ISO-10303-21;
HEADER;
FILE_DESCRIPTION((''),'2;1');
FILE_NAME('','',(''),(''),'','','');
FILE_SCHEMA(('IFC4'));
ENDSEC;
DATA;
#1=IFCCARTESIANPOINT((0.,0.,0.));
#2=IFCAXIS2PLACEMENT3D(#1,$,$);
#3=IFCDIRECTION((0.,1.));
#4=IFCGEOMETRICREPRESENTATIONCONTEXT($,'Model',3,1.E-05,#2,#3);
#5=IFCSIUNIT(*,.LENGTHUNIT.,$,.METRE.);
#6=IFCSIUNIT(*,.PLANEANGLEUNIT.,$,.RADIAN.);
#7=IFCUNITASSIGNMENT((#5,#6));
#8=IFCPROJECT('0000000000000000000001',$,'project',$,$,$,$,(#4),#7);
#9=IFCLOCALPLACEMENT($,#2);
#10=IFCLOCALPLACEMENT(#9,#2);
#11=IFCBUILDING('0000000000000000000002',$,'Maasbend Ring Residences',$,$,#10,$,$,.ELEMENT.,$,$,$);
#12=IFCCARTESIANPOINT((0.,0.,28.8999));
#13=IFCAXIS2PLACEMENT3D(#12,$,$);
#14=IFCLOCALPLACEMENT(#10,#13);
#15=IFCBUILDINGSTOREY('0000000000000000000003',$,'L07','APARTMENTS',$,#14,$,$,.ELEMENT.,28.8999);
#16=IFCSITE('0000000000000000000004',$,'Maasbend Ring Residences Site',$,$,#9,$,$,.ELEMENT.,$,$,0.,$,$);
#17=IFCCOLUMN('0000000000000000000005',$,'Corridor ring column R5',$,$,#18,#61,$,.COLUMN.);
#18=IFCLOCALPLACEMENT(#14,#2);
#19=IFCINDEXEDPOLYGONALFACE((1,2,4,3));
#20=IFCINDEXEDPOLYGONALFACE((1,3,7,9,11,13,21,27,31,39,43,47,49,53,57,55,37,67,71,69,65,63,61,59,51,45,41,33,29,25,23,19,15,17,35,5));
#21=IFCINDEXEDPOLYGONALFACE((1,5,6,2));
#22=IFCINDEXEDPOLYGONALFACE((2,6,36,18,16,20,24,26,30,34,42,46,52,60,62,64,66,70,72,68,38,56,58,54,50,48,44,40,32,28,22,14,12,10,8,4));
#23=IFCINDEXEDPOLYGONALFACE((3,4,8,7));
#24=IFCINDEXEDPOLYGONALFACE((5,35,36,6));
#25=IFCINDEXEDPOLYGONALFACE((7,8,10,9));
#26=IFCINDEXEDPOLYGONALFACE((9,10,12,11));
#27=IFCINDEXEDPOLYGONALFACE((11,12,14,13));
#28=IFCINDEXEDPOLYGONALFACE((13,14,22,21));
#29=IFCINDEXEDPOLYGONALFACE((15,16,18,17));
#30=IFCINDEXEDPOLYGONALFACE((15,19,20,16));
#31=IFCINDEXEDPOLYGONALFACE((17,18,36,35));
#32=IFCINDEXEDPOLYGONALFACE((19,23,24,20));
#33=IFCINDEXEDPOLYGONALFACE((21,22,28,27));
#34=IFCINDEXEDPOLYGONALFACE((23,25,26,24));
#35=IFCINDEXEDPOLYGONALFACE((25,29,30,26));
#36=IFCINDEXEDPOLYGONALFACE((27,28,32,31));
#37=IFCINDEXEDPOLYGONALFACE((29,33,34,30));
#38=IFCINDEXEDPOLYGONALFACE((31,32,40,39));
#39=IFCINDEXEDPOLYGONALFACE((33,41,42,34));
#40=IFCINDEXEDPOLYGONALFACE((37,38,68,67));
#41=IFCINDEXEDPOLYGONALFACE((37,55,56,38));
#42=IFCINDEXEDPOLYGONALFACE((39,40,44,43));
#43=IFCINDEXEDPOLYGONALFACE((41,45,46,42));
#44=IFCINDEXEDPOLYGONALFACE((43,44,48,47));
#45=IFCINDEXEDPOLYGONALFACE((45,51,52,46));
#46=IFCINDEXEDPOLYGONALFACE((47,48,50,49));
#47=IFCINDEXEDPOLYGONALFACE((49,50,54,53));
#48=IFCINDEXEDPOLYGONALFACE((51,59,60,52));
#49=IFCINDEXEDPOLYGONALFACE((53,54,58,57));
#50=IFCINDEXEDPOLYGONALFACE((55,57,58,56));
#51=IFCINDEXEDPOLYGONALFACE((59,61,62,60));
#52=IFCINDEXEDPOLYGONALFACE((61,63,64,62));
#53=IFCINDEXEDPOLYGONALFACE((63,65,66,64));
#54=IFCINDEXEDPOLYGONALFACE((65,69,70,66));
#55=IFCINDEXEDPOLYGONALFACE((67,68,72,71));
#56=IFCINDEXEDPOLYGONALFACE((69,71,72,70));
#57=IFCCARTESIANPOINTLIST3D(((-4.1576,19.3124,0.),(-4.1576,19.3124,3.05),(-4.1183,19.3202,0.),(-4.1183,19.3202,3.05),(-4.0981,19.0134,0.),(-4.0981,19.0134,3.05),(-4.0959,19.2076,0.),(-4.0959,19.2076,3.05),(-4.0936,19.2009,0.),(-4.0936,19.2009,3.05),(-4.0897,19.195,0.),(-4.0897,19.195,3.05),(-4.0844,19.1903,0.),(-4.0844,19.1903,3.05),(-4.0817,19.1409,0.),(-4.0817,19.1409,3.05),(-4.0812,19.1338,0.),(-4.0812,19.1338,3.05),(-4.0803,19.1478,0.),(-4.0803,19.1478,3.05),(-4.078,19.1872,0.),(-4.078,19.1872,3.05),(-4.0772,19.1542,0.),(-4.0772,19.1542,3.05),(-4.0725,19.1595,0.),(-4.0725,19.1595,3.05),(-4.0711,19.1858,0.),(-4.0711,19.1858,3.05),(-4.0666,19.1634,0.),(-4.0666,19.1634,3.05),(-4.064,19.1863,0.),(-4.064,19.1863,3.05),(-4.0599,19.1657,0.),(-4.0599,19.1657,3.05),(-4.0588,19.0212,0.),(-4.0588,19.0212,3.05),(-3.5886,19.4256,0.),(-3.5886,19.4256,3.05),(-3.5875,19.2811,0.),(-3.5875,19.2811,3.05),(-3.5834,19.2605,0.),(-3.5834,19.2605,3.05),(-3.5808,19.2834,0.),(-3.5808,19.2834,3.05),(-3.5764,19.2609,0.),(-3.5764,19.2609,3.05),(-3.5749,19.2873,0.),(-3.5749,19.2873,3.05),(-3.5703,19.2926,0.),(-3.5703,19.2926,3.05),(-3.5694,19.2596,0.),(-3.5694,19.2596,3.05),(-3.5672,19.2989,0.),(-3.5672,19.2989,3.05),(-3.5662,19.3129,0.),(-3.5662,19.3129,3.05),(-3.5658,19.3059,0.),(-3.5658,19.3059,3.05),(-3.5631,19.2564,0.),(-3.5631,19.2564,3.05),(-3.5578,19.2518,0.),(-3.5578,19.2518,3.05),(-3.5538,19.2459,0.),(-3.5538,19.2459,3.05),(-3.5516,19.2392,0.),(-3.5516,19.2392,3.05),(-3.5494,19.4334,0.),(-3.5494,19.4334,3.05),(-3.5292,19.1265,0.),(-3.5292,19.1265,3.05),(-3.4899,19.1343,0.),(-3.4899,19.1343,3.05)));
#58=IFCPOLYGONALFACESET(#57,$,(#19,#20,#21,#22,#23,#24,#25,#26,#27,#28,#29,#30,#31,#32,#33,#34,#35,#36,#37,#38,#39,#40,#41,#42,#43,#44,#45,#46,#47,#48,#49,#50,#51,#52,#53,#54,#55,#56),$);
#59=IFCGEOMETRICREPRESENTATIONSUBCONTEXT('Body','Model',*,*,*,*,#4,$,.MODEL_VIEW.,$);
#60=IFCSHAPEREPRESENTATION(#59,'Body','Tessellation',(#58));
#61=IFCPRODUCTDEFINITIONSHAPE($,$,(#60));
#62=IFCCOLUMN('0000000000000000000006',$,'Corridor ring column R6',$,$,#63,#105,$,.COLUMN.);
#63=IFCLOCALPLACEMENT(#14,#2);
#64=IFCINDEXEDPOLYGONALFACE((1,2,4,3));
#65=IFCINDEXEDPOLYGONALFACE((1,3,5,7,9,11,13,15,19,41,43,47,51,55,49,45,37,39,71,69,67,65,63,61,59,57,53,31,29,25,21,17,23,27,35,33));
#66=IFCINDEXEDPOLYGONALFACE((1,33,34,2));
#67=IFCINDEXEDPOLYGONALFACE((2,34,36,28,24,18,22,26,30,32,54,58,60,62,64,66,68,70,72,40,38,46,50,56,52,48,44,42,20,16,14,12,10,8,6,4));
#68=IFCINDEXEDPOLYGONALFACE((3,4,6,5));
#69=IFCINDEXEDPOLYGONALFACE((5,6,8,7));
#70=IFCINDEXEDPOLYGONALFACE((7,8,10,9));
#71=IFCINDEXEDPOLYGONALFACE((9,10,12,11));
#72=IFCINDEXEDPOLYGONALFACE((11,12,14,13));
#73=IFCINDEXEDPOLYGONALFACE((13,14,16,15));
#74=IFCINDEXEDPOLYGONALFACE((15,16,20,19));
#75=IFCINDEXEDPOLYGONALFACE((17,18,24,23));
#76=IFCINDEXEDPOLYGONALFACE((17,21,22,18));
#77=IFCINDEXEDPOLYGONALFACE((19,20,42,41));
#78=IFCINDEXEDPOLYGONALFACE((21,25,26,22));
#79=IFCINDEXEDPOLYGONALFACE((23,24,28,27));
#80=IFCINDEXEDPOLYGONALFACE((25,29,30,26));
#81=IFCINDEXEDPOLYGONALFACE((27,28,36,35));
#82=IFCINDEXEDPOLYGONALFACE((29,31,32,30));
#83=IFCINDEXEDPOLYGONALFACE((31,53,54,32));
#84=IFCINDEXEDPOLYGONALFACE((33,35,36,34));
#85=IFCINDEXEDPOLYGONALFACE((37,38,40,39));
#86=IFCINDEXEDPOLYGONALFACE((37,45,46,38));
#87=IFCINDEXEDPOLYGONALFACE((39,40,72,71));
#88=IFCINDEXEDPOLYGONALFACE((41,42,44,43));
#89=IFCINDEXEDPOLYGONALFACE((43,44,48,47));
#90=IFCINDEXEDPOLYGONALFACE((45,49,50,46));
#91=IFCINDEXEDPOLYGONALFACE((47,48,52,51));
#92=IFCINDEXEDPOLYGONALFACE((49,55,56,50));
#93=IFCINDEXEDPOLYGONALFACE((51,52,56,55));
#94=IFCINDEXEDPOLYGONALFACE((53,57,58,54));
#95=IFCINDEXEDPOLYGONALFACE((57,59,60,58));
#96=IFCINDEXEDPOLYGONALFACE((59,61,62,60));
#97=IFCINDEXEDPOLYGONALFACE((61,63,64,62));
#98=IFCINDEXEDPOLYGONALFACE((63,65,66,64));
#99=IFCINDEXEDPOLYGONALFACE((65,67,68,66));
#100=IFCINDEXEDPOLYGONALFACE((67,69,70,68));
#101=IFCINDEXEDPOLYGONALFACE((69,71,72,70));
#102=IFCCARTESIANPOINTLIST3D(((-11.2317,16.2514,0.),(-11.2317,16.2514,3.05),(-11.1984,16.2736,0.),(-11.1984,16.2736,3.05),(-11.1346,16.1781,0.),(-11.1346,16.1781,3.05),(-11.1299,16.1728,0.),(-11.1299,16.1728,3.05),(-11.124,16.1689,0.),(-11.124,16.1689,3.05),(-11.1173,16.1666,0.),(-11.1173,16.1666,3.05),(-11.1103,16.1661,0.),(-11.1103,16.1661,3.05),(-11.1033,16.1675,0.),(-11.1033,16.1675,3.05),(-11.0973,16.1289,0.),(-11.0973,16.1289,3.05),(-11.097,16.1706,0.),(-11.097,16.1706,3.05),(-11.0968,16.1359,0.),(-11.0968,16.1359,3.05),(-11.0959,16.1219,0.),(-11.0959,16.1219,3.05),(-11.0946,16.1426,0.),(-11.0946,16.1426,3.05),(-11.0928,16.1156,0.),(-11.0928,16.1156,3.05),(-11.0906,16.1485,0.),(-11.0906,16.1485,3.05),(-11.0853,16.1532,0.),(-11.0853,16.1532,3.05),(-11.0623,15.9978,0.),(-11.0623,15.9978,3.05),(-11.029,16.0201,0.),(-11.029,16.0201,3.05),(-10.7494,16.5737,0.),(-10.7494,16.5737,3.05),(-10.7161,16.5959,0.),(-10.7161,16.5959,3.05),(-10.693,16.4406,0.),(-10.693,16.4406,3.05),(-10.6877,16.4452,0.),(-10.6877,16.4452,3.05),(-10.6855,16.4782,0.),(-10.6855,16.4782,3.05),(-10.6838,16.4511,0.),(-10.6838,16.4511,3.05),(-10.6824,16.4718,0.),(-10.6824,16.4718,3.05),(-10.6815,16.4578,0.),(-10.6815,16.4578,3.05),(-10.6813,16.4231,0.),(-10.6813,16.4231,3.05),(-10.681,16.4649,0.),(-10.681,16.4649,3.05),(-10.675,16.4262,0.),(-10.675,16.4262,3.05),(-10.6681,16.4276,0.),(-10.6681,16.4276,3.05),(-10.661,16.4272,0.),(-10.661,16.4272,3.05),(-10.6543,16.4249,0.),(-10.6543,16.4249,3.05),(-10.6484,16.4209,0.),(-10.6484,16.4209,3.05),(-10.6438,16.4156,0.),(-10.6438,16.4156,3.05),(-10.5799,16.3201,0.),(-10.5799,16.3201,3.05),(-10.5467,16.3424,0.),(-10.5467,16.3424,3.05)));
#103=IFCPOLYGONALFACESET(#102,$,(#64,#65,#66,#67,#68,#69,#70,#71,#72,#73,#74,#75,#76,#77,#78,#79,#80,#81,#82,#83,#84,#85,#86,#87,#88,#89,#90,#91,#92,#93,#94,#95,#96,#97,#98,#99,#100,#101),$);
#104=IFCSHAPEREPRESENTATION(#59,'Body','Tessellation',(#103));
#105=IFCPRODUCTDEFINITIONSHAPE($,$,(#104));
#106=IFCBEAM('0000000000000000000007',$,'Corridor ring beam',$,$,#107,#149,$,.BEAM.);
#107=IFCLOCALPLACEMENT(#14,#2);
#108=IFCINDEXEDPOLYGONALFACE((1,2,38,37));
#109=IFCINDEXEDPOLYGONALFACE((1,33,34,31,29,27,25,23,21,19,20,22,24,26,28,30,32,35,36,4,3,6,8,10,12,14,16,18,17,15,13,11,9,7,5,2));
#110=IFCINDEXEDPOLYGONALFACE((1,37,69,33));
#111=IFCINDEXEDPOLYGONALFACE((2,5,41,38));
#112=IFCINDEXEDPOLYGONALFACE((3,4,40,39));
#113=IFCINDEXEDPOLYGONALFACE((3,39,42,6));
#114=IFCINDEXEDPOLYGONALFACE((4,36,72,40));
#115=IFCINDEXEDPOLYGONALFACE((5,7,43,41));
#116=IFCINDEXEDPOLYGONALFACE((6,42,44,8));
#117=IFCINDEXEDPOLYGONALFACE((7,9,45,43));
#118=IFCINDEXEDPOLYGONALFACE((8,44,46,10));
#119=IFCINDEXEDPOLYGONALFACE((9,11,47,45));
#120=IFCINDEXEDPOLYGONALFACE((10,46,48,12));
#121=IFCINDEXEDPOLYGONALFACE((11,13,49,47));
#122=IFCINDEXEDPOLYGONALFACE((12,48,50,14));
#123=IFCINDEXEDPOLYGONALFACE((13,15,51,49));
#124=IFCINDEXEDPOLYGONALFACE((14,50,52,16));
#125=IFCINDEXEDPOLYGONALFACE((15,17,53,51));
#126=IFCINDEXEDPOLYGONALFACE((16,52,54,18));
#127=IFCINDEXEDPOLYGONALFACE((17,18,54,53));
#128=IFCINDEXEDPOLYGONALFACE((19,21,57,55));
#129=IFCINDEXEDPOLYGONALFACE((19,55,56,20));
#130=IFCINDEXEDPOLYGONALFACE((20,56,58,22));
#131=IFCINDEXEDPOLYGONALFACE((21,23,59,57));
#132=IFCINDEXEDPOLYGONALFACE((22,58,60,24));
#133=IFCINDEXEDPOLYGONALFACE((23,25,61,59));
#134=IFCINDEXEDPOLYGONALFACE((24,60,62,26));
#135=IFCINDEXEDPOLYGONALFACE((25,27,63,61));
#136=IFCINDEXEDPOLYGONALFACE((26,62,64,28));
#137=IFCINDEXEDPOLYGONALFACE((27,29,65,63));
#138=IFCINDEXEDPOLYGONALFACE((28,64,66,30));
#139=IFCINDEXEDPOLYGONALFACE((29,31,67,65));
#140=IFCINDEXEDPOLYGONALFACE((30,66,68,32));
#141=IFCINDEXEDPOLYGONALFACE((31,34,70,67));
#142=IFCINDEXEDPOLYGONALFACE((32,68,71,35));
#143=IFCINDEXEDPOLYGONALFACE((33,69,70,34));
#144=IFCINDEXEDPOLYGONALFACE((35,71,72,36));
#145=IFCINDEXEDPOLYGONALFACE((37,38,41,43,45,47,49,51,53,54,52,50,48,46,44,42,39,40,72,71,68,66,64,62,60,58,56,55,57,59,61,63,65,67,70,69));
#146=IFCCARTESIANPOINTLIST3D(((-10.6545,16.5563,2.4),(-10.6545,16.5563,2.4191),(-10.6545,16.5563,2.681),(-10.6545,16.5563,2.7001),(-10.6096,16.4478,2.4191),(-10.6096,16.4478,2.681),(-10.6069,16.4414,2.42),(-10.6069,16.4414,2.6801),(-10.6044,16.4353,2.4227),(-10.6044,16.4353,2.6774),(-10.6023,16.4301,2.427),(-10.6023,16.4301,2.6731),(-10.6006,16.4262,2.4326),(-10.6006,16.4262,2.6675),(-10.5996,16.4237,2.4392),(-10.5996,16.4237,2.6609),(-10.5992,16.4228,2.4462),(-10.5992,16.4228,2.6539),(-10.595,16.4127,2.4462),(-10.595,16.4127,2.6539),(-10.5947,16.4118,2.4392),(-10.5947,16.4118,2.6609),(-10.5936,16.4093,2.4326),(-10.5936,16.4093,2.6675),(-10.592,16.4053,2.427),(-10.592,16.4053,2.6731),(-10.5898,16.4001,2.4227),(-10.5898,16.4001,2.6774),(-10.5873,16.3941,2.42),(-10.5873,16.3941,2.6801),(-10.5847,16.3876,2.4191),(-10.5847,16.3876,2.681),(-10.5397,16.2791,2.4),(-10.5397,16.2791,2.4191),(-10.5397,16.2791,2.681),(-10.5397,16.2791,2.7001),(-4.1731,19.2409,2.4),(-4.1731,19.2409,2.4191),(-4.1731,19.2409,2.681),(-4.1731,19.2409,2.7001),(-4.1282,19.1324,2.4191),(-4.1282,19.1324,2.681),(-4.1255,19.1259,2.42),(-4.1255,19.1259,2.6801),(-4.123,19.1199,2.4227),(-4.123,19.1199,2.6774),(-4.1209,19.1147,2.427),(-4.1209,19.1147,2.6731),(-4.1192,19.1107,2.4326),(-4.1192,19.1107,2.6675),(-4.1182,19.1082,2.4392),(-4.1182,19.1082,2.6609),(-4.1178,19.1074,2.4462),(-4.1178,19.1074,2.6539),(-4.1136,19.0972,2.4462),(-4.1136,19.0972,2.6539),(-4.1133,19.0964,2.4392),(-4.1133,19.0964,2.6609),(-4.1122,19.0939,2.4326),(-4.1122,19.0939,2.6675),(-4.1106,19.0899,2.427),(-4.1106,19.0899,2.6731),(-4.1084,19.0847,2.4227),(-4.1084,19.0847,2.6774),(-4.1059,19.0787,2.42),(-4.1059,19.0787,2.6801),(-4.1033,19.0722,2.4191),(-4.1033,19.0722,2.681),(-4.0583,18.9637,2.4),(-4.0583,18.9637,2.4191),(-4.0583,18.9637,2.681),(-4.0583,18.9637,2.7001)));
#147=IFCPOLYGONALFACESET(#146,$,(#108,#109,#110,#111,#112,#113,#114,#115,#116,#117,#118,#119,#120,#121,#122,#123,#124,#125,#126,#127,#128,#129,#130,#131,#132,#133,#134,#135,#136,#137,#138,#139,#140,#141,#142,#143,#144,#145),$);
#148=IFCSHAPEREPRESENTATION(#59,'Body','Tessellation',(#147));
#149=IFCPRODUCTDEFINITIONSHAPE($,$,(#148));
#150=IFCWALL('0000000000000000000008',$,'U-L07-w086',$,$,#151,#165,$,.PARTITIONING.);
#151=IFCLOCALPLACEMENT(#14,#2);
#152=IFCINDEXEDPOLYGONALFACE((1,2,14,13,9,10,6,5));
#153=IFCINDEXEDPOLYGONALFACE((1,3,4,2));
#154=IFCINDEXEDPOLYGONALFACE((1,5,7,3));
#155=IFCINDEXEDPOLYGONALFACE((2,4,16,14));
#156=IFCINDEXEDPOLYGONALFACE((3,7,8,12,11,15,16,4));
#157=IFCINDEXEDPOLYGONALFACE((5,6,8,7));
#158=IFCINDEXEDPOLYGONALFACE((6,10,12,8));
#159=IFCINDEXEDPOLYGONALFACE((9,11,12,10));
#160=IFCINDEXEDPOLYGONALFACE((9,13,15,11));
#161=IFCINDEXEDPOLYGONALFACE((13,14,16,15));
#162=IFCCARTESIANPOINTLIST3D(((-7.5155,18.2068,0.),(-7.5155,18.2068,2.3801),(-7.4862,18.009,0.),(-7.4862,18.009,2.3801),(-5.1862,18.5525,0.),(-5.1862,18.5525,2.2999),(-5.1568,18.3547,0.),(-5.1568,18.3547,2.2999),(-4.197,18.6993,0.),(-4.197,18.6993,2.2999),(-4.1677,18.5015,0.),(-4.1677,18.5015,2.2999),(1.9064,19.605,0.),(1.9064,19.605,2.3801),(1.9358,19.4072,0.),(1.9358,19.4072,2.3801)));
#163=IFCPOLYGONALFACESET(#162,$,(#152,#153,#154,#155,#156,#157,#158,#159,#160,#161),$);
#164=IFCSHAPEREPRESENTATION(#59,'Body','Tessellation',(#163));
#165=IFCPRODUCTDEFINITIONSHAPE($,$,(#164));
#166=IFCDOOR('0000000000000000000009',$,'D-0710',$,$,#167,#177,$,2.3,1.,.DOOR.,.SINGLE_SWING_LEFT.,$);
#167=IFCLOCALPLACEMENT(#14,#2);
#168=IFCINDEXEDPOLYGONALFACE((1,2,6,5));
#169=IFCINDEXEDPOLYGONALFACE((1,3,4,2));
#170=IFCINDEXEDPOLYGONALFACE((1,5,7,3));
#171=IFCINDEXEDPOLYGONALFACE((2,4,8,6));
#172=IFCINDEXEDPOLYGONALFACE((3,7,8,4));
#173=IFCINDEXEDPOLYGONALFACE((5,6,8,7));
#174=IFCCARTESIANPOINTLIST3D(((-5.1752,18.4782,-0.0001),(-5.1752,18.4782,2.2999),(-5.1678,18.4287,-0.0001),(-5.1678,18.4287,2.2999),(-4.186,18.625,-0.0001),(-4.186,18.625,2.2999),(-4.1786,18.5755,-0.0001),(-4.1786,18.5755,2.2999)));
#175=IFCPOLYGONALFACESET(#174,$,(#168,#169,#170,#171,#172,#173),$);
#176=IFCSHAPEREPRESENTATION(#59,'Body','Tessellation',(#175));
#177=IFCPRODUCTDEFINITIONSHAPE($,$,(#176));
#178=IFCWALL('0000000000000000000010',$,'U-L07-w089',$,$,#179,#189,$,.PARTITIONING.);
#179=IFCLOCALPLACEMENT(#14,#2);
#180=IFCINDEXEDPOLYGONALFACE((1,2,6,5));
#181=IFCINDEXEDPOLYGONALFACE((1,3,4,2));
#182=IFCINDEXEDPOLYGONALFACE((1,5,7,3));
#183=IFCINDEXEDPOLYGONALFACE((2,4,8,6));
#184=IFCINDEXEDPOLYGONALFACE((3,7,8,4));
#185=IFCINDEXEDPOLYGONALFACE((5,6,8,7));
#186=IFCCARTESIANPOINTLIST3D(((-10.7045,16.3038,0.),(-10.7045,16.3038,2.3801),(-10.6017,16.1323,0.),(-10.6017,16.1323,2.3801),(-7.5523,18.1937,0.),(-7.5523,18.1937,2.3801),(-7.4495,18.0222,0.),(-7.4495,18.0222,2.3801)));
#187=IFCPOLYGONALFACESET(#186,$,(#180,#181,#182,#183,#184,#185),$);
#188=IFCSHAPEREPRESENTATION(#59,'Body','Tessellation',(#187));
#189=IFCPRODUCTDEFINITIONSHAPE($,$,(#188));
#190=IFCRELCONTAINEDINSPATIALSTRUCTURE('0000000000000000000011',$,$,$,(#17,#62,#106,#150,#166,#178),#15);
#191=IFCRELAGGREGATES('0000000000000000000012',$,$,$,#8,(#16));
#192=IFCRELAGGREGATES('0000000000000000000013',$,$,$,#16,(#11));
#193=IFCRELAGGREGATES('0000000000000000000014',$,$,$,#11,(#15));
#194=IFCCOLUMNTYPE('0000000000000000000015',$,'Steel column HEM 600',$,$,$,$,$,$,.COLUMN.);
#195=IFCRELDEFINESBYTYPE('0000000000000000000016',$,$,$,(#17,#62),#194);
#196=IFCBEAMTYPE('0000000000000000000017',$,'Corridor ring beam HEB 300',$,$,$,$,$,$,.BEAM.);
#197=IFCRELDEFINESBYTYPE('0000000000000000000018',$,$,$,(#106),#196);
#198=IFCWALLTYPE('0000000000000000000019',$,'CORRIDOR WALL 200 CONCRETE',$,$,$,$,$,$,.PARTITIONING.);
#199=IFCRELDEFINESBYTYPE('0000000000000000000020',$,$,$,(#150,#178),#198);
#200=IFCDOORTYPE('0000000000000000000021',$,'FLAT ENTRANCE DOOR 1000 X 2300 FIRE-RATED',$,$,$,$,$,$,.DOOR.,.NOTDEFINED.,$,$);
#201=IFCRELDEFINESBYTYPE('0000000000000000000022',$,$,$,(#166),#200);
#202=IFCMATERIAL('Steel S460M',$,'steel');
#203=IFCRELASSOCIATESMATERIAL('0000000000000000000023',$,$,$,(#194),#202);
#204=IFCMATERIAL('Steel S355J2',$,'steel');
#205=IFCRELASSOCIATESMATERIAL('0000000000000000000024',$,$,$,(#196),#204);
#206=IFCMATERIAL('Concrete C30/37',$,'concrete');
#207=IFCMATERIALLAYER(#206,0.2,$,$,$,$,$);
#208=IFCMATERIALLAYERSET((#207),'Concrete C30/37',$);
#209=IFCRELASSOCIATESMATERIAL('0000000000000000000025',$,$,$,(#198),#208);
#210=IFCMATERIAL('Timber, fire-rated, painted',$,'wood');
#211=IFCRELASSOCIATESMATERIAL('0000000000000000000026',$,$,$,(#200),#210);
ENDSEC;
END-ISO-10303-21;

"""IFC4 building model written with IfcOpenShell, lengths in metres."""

from ifc_helpers import new_model, si_unit, direction, frame, frame_2d, origin, origin_2d, place, context, subcontext, project, spatial, rectangle, i_section, extrude, material, layer, layer_set, material_profile, profile_set, type_object, element, fill, save


model = new_model("IFC4")

# Units and contexts
model_context = context("Model", 3, precision=1e-05, world=origin(), true_north=direction((0.0, 1.0)))
body_context = subcontext(model_context, "Body", "Model", "MODEL_VIEW")
ifc_project = project(units=[si_unit("LENGTHUNIT", "METRE"), si_unit("PLANEANGLEUNIT", "RADIAN")], contexts=[model_context])

# Site, building, storey
site_placement = place(None, origin())
site = spatial("IfcSite", under=ifc_project, at=site_placement, Name="Maasbend Ring Residences Site", CompositionType="ELEMENT", RefElevation=0.0)
building_placement = place(site_placement, origin())
building = spatial("IfcBuilding", under=site, at=building_placement, Name="Maasbend Ring Residences", CompositionType="ELEMENT")
storey_placement = place(building_placement, frame((0.0, 0.0, 28.8999)))
storey = spatial("IfcBuildingStorey", under=building, at=storey_placement, Name="L07", Description="APARTMENTS", CompositionType="ELEMENT", Elevation=28.8999)

# Columns
ifc_material_1 = material(Name="Steel S460M", Category="steel")
ifc_material_profile_1 = material_profile(ifc_material_1, i_section(OverallWidth=0.3049, OverallDepth=0.6201, WebThickness=0.021, FlangeThickness=0.04, FilletRadius=0.0271, at=origin_2d()), Name="HEM 600")
ifc_profile_set_1 = profile_set([ifc_material_profile_1], Name="Steel S460M")
column_type = type_object("IfcColumnType", Name="Steel column HEM 600", PredefinedType="COLUMN", material=ifc_profile_set_1)
for number, where, z_axis, x_axis, name in (
    (1, (-3.8237, 19.2234, 0.0), (0.0, 0.0, 1.0), (-0.19509, 0.980785, 0.0), "Corridor ring column R5"),
    (2, (-10.8892, 16.2969, 0.0), (0.0, 0.0, 1.0), (-0.55557, 0.83147, 0.0), "Corridor ring column R6"),
):
    element("IfcColumn", number, at=place(storey_placement, frame(where, z_axis=z_axis, x_axis=x_axis)), inside=storey, type_object=column_type, Name=name, PredefinedType="COLUMN", context=body_context, shape_type="SweptSolid", body=[
        extrude(i_section(OverallWidth=0.3049, OverallDepth=0.6201, WebThickness=0.021, FlangeThickness=0.04, FilletRadius=0.0271, at=origin_2d()), origin(), (0.0, 0.0, 1.0), 3.05),
    ])

# Beam
ifc_material_2 = material(Name="Steel S355J2", Category="steel")
ifc_material_profile_2 = material_profile(ifc_material_2, i_section(OverallWidth=0.3, OverallDepth=0.3, WebThickness=0.011, FlangeThickness=0.019, FilletRadius=0.0271, at=origin_2d()), Name="HEB 300")
ifc_profile_set_2 = profile_set([ifc_material_profile_2], Name="Steel S355J2")
beam_type = type_object("IfcBeamType", Name="Corridor ring beam HEB 300", PredefinedType="BEAM", material=ifc_profile_set_2)
beam_placement = place(storey_placement, frame((-4.1157, 19.1023, 2.55), z_axis=(-0.923886, -0.382667, 0.0), x_axis=(0.382667, -0.923886, 0.0)))
element("IfcBeam", 3, at=beam_placement, inside=storey, type_object=beam_type, Name="Corridor ring beam", PredefinedType="BEAM", context=body_context, shape_type="SweptSolid", body=[
    extrude(i_section(OverallWidth=0.3, OverallDepth=0.3, WebThickness=0.011, FlangeThickness=0.019, FilletRadius=0.0271, at=origin_2d()), origin(), (0.0, 0.0, 1.0), 7.0154),
])

# Wall, opening, door
ifc_material_3 = material(Name="Concrete C30/37", Category="concrete")
ifc_layer_1 = layer(ifc_material_3, 0.2)
ifc_layer_set_1 = layer_set([ifc_layer_1], Name="Concrete C30/37")
wall_type_1 = type_object("IfcWallType", Name="CORRIDOR WALL 200 CONCRETE", PredefinedType="PARTITIONING", material=ifc_layer_set_1)
wall_1_placement = place(storey_placement, frame((-7.501, 18.1079, 0.0), z_axis=(0.0, 0.0, 1.0), x_axis=(0.989168, 0.146791, 0.0)))
wall_1 = element("IfcWall", 4, at=wall_1_placement, inside=storey, type_object=wall_type_1, Name="U-L07-w086", PredefinedType="PARTITIONING", context=body_context, shape_type="SweptSolid", body=[
    extrude(rectangle(XDim=9.5251, YDim=0.2, at=frame_2d((4.7627, 0.0))), origin(), (0.0, 0.0, 1.0), 2.3801),
])
opening_1_placement = place(wall_1_placement, frame((2.355, 0.0, 0.0)))
opening_1 = element("IfcOpeningElement", 5, at=opening_1_placement, cuts=wall_1, PredefinedType="OPENING", context=body_context, shape_type="SweptSolid", body=[
    extrude(rectangle(XDim=1.0, YDim=2.3, at=frame_2d((0.5, 1.1499))), frame((0.0, 0.1099, 0.0), z_axis=(0.0, -1.0, 0.0), x_axis=(1.0, 0.0, 0.0)), (0.0, 0.0, 1.0), 0.22),
])
ifc_material_4 = material(Name="Timber, fire-rated, painted", Category="wood")
door_type_1 = type_object("IfcDoorType", Name="FLAT ENTRANCE DOOR 1000 X 2300 FIRE-RATED", OperationType="NOTDEFINED", PredefinedType="DOOR", material=ifc_material_4)
door_1_placement = place(opening_1_placement, origin())
door_1 = element("IfcDoor", 6, at=door_1_placement, inside=storey, type_object=door_type_1, Name="D-0710", OperationType="SINGLE_SWING_LEFT", OverallHeight=2.3, OverallWidth=1.0, PredefinedType="DOOR", context=body_context, shape_type="SweptSolid", body=[
    extrude(rectangle(XDim=1.0, YDim=2.3, at=frame_2d((0.5, 1.1499))), frame((0.0, 0.0249, 0.0), z_axis=(0.0, -1.0, 0.0), x_axis=(1.0, 0.0, 0.0)), (0.0, 0.0, 1.0), 0.05),
])
fill(opening_1, door_1)

# Wall
wall_2_placement = place(storey_placement, frame((-10.6531, 16.218, 0.0), z_axis=(0.0, 0.0, 1.0), x_axis=(0.857657, 0.514222, 0.0)))
element("IfcWall", 7, at=wall_2_placement, inside=storey, type_object=wall_type_1, Name="U-L07-w089", PredefinedType="PARTITIONING", context=body_context, shape_type="SweptSolid", body=[
    extrude(rectangle(XDim=3.6753, YDim=0.2, at=frame_2d((1.8376, 0.0))), origin(), (0.0, 0.0, 1.0), 2.3801),
])

save(model, "model.ifc")
